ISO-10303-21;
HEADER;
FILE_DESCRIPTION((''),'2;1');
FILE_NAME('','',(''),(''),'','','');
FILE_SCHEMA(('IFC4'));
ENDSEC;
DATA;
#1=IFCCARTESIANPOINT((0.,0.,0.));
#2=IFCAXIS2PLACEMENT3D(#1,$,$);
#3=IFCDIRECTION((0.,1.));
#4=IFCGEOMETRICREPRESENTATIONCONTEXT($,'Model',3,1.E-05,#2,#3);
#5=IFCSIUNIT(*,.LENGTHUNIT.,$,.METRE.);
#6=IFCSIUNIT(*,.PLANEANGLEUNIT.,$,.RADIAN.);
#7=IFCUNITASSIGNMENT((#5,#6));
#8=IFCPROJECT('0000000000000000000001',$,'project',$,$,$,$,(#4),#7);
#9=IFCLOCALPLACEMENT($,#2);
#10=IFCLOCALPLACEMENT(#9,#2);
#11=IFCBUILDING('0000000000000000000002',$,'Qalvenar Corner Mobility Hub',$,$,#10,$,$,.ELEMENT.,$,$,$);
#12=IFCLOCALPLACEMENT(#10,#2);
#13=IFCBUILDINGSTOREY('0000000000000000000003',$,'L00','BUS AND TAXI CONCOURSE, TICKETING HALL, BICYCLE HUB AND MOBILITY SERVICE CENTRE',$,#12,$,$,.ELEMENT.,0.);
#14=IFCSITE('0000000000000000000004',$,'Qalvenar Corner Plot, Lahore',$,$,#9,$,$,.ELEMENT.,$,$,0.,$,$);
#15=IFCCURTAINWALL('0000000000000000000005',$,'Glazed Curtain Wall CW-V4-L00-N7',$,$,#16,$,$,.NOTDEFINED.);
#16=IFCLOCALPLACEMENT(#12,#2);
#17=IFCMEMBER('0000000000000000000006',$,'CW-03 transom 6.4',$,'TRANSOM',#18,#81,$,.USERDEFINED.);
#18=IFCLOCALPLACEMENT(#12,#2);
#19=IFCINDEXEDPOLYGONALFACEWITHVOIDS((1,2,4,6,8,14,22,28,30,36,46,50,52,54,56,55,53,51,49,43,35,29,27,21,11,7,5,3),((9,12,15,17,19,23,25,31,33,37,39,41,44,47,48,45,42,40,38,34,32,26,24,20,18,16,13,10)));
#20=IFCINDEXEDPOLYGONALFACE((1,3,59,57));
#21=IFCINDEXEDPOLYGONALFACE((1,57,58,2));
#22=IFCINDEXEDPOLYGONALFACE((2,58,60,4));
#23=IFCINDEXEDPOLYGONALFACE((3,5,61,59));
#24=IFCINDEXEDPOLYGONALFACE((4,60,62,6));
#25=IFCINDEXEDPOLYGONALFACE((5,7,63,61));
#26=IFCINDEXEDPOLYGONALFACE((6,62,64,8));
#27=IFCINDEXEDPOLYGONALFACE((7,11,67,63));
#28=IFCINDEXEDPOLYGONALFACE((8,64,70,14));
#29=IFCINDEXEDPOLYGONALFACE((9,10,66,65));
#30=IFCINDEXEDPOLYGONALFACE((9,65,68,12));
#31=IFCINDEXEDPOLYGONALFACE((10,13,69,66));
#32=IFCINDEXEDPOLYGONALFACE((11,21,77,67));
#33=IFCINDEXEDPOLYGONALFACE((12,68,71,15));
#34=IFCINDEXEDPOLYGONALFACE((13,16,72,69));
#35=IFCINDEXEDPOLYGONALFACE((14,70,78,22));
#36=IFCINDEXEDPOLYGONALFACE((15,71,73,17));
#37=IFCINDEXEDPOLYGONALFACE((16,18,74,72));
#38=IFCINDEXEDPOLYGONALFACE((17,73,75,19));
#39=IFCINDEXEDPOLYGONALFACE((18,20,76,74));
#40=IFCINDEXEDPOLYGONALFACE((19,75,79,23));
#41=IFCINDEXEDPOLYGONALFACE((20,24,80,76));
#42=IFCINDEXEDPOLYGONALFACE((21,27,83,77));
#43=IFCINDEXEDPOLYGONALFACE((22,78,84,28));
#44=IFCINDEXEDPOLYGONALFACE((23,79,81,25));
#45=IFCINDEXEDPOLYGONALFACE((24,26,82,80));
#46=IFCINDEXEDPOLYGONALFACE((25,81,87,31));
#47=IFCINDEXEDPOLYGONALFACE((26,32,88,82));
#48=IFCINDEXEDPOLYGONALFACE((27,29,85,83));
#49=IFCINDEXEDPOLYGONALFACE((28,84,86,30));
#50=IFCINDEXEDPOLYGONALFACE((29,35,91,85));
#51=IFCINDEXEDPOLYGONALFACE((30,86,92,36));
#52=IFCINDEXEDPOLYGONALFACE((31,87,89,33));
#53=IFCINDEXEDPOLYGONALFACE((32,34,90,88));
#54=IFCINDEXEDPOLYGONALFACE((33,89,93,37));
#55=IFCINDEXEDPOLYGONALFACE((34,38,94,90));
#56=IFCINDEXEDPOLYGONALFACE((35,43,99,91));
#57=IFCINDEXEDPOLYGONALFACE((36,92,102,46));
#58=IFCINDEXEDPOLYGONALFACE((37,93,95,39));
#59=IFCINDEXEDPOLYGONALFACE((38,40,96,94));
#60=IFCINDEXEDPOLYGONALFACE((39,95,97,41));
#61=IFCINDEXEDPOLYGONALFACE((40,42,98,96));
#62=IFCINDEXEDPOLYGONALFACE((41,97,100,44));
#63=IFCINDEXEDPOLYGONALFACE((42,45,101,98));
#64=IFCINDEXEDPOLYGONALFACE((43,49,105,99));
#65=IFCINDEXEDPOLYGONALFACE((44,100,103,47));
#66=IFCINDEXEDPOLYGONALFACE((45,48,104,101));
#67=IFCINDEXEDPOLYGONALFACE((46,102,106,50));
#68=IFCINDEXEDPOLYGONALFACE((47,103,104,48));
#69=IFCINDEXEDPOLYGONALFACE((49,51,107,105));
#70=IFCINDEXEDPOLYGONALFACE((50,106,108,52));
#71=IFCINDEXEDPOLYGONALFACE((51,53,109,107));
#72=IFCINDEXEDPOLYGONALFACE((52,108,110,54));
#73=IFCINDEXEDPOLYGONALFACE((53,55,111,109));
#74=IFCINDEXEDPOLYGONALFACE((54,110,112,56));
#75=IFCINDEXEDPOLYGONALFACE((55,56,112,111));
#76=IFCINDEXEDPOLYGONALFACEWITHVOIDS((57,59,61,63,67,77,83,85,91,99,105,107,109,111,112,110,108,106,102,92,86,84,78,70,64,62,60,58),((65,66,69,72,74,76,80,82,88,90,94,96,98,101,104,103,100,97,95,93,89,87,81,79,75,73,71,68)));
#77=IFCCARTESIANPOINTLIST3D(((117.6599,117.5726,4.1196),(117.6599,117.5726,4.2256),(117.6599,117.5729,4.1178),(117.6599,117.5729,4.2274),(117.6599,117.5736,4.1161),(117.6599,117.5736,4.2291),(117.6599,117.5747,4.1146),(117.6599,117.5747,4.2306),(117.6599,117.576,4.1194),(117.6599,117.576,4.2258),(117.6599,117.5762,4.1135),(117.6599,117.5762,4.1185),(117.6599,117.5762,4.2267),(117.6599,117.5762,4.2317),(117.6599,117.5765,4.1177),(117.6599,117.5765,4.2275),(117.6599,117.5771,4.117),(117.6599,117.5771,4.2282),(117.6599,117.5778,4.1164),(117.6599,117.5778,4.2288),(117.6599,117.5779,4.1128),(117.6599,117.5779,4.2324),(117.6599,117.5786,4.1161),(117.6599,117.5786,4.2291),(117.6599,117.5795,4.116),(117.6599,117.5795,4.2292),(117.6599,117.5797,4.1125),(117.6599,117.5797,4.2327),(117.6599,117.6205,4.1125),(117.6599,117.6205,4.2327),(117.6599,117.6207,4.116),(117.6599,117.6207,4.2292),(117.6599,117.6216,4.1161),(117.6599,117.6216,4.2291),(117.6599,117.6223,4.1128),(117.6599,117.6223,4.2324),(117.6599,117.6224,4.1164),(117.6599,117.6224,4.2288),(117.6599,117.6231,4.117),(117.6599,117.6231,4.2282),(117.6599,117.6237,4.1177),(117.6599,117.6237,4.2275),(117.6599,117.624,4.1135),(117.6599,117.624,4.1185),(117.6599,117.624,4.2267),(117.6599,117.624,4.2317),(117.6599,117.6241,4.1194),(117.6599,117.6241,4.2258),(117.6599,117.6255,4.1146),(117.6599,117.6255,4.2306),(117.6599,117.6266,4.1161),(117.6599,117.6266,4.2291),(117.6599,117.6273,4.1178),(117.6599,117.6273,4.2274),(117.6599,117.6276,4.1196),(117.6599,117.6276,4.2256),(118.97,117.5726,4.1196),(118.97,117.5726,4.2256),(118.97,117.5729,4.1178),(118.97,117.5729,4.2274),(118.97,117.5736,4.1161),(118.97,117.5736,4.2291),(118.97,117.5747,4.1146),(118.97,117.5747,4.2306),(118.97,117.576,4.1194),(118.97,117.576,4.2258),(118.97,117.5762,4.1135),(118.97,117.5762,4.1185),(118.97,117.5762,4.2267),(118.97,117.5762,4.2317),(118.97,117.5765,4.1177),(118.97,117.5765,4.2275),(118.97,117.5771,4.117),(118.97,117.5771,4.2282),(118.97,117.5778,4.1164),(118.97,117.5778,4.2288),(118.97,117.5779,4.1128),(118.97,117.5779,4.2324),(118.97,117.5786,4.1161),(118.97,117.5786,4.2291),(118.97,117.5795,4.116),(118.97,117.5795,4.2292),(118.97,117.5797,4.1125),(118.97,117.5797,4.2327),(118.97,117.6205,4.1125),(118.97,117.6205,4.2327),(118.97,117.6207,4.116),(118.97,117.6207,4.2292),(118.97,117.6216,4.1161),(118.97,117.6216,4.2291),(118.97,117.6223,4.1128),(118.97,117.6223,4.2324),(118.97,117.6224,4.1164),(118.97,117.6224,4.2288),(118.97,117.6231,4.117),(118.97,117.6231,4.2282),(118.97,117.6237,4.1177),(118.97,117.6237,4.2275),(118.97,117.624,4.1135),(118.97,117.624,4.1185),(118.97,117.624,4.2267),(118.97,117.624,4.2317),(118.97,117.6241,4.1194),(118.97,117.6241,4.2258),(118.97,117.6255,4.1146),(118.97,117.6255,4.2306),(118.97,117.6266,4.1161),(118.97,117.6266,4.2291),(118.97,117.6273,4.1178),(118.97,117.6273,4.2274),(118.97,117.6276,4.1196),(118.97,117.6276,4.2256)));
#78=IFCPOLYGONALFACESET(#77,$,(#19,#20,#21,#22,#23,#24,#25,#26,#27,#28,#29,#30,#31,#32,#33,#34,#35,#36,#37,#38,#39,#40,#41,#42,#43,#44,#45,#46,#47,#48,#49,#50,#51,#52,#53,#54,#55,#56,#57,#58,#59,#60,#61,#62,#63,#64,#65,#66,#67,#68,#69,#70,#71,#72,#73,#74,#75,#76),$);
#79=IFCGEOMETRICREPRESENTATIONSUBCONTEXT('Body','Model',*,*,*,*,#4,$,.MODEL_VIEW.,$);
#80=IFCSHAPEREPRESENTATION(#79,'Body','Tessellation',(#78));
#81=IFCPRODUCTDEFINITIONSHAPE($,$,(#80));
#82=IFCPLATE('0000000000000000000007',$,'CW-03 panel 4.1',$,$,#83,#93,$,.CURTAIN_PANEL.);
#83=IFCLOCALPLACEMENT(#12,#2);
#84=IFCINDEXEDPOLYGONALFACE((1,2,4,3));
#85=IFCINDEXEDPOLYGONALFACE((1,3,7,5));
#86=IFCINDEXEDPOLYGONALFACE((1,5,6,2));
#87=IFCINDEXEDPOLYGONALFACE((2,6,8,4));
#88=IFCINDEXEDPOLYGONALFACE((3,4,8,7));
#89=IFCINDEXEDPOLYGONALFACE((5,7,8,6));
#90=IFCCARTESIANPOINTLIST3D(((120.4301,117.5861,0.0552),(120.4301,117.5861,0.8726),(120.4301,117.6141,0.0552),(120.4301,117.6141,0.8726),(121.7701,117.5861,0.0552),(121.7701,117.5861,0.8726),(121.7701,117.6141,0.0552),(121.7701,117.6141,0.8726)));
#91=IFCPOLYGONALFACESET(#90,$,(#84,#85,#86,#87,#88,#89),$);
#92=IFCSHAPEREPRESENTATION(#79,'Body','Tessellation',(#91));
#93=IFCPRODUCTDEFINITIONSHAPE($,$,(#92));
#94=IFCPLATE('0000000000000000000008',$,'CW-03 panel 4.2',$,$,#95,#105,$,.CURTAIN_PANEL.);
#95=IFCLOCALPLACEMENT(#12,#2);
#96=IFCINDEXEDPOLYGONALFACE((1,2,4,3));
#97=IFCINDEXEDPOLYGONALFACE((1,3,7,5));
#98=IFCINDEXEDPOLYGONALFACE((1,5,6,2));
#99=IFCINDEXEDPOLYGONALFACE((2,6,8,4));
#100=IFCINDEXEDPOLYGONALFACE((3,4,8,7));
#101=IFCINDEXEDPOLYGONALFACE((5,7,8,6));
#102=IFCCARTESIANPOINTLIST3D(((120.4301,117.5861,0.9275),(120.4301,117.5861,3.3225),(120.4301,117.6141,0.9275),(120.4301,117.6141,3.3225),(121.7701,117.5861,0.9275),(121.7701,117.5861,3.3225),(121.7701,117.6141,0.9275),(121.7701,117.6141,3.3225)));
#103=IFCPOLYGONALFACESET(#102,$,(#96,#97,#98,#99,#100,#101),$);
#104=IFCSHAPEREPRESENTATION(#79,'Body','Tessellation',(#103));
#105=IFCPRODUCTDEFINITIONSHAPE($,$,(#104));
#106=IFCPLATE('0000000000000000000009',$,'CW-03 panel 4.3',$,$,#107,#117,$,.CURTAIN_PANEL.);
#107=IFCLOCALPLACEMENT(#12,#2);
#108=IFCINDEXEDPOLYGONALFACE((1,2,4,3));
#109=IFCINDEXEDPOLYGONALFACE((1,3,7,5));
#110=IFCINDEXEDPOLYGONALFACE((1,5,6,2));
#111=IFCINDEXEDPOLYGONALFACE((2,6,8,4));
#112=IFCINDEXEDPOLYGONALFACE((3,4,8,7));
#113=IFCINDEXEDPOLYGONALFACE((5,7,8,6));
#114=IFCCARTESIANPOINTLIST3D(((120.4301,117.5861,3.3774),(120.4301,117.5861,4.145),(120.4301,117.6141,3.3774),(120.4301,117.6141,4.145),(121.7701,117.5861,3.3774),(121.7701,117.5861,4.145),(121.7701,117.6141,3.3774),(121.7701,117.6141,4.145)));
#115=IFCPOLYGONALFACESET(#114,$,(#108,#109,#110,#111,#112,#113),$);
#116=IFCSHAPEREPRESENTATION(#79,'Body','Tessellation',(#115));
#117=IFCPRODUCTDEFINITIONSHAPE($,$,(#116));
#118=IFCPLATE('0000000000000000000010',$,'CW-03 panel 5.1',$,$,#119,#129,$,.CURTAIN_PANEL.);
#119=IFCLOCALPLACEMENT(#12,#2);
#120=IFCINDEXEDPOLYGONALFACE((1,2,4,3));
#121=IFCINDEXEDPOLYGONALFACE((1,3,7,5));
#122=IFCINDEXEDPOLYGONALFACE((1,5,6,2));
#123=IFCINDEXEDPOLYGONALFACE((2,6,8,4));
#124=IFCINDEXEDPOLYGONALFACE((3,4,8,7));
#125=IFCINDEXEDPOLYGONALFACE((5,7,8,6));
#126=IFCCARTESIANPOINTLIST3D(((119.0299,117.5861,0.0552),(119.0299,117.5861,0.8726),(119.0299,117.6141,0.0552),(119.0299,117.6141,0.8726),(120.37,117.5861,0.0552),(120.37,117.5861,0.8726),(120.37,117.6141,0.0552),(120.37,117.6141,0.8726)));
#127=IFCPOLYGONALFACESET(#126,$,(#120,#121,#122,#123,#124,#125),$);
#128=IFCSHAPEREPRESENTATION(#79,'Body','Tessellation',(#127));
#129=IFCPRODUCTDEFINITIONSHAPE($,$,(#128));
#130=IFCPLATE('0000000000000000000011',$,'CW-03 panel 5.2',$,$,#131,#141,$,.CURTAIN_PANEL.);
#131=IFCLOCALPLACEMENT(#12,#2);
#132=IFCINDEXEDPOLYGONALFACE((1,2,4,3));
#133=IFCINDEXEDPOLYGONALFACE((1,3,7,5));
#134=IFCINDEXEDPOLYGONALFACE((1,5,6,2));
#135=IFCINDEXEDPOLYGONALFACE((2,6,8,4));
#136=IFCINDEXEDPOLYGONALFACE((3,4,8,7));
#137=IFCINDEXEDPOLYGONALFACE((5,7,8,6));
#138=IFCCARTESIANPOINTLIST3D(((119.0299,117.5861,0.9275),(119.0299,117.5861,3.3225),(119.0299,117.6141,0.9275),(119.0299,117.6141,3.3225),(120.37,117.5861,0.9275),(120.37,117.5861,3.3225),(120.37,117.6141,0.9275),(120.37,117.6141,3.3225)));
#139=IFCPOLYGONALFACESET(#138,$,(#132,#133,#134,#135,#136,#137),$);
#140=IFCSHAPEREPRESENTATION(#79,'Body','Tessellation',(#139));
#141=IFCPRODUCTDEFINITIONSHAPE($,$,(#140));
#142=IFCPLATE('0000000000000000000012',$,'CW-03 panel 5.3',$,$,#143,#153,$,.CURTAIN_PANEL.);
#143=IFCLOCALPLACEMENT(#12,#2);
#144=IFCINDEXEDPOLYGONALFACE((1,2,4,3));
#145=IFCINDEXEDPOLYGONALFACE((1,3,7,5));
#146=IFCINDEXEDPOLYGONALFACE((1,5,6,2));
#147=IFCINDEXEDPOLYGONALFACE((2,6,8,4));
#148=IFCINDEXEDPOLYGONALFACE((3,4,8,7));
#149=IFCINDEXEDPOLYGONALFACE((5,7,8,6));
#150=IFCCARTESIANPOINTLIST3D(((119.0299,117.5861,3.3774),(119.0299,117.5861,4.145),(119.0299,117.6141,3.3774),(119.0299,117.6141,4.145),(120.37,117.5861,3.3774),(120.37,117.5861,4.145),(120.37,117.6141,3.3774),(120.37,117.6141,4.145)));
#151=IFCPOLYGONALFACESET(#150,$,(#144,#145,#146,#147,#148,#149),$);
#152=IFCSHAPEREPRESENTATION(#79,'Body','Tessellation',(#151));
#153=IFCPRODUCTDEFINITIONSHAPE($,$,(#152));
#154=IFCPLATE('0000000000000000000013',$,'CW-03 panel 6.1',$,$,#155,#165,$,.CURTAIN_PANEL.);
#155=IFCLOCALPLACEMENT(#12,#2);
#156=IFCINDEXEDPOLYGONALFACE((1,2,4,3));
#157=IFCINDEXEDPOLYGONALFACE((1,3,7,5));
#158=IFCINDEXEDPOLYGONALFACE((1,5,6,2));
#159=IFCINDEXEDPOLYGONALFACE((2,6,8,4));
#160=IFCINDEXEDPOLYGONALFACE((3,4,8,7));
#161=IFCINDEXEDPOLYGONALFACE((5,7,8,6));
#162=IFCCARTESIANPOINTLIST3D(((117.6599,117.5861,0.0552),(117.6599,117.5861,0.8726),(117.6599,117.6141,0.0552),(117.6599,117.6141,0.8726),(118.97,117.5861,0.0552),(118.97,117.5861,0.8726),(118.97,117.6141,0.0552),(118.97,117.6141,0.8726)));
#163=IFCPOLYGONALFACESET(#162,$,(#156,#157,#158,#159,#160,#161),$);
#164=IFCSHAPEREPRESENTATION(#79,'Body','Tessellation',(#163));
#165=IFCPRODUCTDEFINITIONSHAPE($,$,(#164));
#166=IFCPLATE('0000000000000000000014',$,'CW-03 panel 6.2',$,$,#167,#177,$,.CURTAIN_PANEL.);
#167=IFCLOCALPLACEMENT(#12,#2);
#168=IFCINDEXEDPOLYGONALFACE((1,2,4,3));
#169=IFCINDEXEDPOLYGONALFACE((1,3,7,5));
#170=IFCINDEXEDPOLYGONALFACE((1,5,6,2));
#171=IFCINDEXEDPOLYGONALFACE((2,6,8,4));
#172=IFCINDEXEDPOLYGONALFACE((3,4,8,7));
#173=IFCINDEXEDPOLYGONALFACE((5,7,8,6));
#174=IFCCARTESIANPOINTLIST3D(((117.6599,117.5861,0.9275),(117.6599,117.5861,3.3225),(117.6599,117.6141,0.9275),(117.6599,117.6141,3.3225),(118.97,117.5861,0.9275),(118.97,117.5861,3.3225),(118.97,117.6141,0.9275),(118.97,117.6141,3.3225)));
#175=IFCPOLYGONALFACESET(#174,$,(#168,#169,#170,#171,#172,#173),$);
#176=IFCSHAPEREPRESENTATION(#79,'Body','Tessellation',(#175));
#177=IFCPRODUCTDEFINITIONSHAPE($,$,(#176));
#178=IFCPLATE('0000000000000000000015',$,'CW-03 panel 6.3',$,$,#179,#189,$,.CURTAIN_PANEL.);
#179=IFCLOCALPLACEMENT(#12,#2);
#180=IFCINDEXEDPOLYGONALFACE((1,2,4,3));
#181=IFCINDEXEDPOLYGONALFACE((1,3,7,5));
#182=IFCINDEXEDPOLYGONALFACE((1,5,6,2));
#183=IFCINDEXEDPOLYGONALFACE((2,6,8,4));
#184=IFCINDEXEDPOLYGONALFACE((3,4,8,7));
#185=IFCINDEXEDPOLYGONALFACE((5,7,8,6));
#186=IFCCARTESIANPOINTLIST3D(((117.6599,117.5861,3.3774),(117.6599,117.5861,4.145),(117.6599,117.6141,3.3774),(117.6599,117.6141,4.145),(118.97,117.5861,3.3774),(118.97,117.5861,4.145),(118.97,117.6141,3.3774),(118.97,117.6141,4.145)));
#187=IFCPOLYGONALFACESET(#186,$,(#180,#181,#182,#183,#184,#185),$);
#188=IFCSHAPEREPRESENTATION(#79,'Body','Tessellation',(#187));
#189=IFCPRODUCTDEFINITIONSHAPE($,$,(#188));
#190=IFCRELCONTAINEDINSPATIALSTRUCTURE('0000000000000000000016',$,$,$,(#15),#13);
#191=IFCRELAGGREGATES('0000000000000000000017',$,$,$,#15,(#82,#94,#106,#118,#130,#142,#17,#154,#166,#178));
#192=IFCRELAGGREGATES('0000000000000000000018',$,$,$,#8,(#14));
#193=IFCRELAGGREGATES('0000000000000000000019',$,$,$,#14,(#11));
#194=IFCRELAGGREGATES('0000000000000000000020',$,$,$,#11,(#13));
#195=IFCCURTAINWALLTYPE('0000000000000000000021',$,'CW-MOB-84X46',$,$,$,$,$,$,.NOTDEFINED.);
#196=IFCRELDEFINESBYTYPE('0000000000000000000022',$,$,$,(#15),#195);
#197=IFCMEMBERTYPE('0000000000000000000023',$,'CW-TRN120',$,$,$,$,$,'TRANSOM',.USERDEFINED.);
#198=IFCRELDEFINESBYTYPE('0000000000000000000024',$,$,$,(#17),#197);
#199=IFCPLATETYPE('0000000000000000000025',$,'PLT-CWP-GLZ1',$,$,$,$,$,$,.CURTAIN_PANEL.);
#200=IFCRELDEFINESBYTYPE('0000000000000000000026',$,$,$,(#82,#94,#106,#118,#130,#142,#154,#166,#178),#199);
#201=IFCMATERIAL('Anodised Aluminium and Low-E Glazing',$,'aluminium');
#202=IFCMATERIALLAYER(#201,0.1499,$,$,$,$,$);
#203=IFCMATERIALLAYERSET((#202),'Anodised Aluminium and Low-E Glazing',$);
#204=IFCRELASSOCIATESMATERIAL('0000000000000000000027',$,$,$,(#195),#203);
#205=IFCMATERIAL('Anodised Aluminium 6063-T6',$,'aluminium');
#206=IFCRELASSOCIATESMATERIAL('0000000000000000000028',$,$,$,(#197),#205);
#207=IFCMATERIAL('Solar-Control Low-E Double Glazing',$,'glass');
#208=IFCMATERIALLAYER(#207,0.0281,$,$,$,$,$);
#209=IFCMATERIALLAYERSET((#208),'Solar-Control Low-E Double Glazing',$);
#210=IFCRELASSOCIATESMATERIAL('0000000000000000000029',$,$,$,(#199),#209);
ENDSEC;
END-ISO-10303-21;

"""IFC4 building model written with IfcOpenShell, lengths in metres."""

from ifc_helpers import new_model, si_unit, direction, frame, origin, origin_2d, place, context, subcontext, project, spatial, rectangle, hollow_rectangle, extrude, material, layer, layer_set, material_profile, profile_set, type_object, element, aggregate, save


model = new_model("IFC4")

# Units and contexts
model_context = context("Model", 3, precision=1e-05, world=origin(), true_north=direction((0.0, 1.0)))
body_context = subcontext(model_context, "Body", "Model", "MODEL_VIEW")
ifc_project = project(units=[si_unit("LENGTHUNIT", "METRE"), si_unit("PLANEANGLEUNIT", "RADIAN")], contexts=[model_context])

# Site, building, storey
site_placement = place(None, origin())
site = spatial("IfcSite", under=ifc_project, at=site_placement, Name="Qalvenar Corner Plot, Lahore", CompositionType="ELEMENT", RefElevation=0.0)
building_placement = place(site_placement, origin())
building = spatial("IfcBuilding", under=site, at=building_placement, Name="Qalvenar Corner Mobility Hub", CompositionType="ELEMENT")
storey_placement = place(building_placement, origin())
storey = spatial("IfcBuildingStorey", under=building, at=storey_placement, Name="L00", Description="BUS AND TAXI CONCOURSE, TICKETING HALL, BICYCLE HUB AND MOBILITY SERVICE CENTRE", CompositionType="ELEMENT", Elevation=0.0)

# Shared definitions
ifc_material_1 = material(Name="Anodised Aluminium and Low-E Glazing", Category="aluminium")
ifc_layer_1 = layer(ifc_material_1, 0.1499)
ifc_layer_set_1 = layer_set([ifc_layer_1], Name="Anodised Aluminium and Low-E Glazing")
curtain_wall_type = type_object("IfcCurtainWallType", Name="CW-MOB-84X46", PredefinedType="NOTDEFINED", material=ifc_layer_set_1)
ifc_material_2 = material(Name="Anodised Aluminium 6063-T6", Category="aluminium")

# Curtain wall, member, plates
curtain_wall_1_placement = place(storey_placement, origin())
curtain_wall_1 = element("IfcCurtainWall", 1, at=curtain_wall_1_placement, inside=storey, type_object=curtain_wall_type, Name="Glazed Curtain Wall CW-V4-L00-N7", PredefinedType="NOTDEFINED")
ifc_material_profile_1 = material_profile(ifc_material_2, hollow_rectangle(XDim=0.0549, YDim=0.1201, WallThickness=0.0034, InnerFilletRadius=0.0034, OuterFilletRadius=0.0071, at=origin_2d()), Name="RHS120x55x3.5")
ifc_profile_set_1 = profile_set([ifc_material_profile_1], Name="Anodised Aluminium 6063-T6")
member_type_1 = type_object("IfcMemberType", Name="CW-TRN120", ElementType="TRANSOM", PredefinedType="USERDEFINED", material=ifc_profile_set_1)
member_1_placement = place(storey_placement, frame((118.97, 117.6001, 4.1726), z_axis=(-1.0, 0.0, 0.0), x_axis=(0.0, -1.0, 0.0)))
member_1 = element("IfcMember", 2, at=member_1_placement, type_object=member_type_1, Name="CW-03 transom 6.4", ObjectType="TRANSOM", PredefinedType="USERDEFINED", context=body_context, shape_type="SweptSolid", body=[
    extrude(hollow_rectangle(XDim=0.0549, YDim=0.1201, WallThickness=0.0034, InnerFilletRadius=0.0034, OuterFilletRadius=0.0071, at=origin_2d()), origin(), (0.0, 0.0, 1.0), 1.3101),
])
ifc_material_3 = material(Name="Solar-Control Low-E Double Glazing", Category="glass")
ifc_layer_2 = layer(ifc_material_3, 0.0281)
ifc_layer_set_2 = layer_set([ifc_layer_2], Name="Solar-Control Low-E Double Glazing")
plate_type = type_object("IfcPlateType", Name="PLT-CWP-GLZ1", PredefinedType="CURTAIN_PANEL", material=ifc_layer_set_2)
plate_1_placement = place(storey_placement, frame((121.1001, 117.6001, 0.0552), z_axis=(0.0, 0.0, 1.0), x_axis=(-1.0, 0.0, 0.0)))
plate_1 = element("IfcPlate", 3, at=plate_1_placement, type_object=plate_type, Name="CW-03 panel 4.1", PredefinedType="CURTAIN_PANEL", context=body_context, shape_type="SweptSolid", body=[
    extrude(rectangle(XDim=1.3401, YDim=0.0281, at=origin_2d()), origin(), (0.0, 0.0, 1.0), 0.8174),
])
plate_2_placement = place(storey_placement, frame((121.1001, 117.6001, 0.9275), z_axis=(0.0, 0.0, 1.0), x_axis=(-1.0, 0.0, 0.0)))
plate_2 = element("IfcPlate", 4, at=plate_2_placement, type_object=plate_type, Name="CW-03 panel 4.2", PredefinedType="CURTAIN_PANEL", context=body_context, shape_type="SweptSolid", body=[
    extrude(rectangle(XDim=1.3401, YDim=0.0281, at=origin_2d()), origin(), (0.0, 0.0, 1.0), 2.395),
])
plate_3_placement = place(storey_placement, frame((121.1001, 117.6001, 3.3774), z_axis=(0.0, 0.0, 1.0), x_axis=(-1.0, 0.0, 0.0)))
plate_3 = element("IfcPlate", 5, at=plate_3_placement, type_object=plate_type, Name="CW-03 panel 4.3", PredefinedType="CURTAIN_PANEL", context=body_context, shape_type="SweptSolid", body=[
    extrude(rectangle(XDim=1.3401, YDim=0.0281, at=origin_2d()), origin(), (0.0, 0.0, 1.0), 0.7676),
])
plate_4_placement = place(storey_placement, frame((119.7, 117.6001, 0.0552), z_axis=(0.0, 0.0, 1.0), x_axis=(-1.0, 0.0, 0.0)))
plate_4 = element("IfcPlate", 6, at=plate_4_placement, type_object=plate_type, Name="CW-03 panel 5.1", PredefinedType="CURTAIN_PANEL", context=body_context, shape_type="SweptSolid", body=[
    extrude(rectangle(XDim=1.3401, YDim=0.0281, at=origin_2d()), origin(), (0.0, 0.0, 1.0), 0.8174),
])
plate_5_placement = place(storey_placement, frame((119.7, 117.6001, 0.9275), z_axis=(0.0, 0.0, 1.0), x_axis=(-1.0, 0.0, 0.0)))
plate_5 = element("IfcPlate", 7, at=plate_5_placement, type_object=plate_type, Name="CW-03 panel 5.2", PredefinedType="CURTAIN_PANEL", context=body_context, shape_type="SweptSolid", body=[
    extrude(rectangle(XDim=1.3401, YDim=0.0281, at=origin_2d()), origin(), (0.0, 0.0, 1.0), 2.395),
])
plate_6_placement = place(storey_placement, frame((119.7, 117.6001, 3.3774), z_axis=(0.0, 0.0, 1.0), x_axis=(-1.0, 0.0, 0.0)))
plate_6 = element("IfcPlate", 8, at=plate_6_placement, type_object=plate_type, Name="CW-03 panel 5.3", PredefinedType="CURTAIN_PANEL", context=body_context, shape_type="SweptSolid", body=[
    extrude(rectangle(XDim=1.3401, YDim=0.0281, at=origin_2d()), origin(), (0.0, 0.0, 1.0), 0.7676),
])
plate_7_placement = place(storey_placement, frame((118.3149, 117.6001, 0.0552), z_axis=(0.0, 0.0, 1.0), x_axis=(-1.0, 0.0, 0.0)))
plate_7 = element("IfcPlate", 9, at=plate_7_placement, type_object=plate_type, Name="CW-03 panel 6.1", PredefinedType="CURTAIN_PANEL", context=body_context, shape_type="SweptSolid", body=[
    extrude(rectangle(XDim=1.3101, YDim=0.0281, at=origin_2d()), origin(), (0.0, 0.0, 1.0), 0.8174),
])
plate_8_placement = place(storey_placement, frame((118.3149, 117.6001, 0.9275), z_axis=(0.0, 0.0, 1.0), x_axis=(-1.0, 0.0, 0.0)))
plate_8 = element("IfcPlate", 10, at=plate_8_placement, type_object=plate_type, Name="CW-03 panel 6.2", PredefinedType="CURTAIN_PANEL", context=body_context, shape_type="SweptSolid", body=[
    extrude(rectangle(XDim=1.3101, YDim=0.0281, at=origin_2d()), origin(), (0.0, 0.0, 1.0), 2.395),
])
plate_9_placement = place(storey_placement, frame((118.3149, 117.6001, 3.3774), z_axis=(0.0, 0.0, 1.0), x_axis=(-1.0, 0.0, 0.0)))
plate_9 = element("IfcPlate", 11, at=plate_9_placement, type_object=plate_type, Name="CW-03 panel 6.3", PredefinedType="CURTAIN_PANEL", context=body_context, shape_type="SweptSolid", body=[
    extrude(rectangle(XDim=1.3101, YDim=0.0281, at=origin_2d()), origin(), (0.0, 0.0, 1.0), 0.7676),
])
aggregate(curtain_wall_1, [plate_1, plate_2, plate_3, plate_4, plate_5, plate_6, member_1, plate_7, plate_8, plate_9])

save(model, "model.ifc")
